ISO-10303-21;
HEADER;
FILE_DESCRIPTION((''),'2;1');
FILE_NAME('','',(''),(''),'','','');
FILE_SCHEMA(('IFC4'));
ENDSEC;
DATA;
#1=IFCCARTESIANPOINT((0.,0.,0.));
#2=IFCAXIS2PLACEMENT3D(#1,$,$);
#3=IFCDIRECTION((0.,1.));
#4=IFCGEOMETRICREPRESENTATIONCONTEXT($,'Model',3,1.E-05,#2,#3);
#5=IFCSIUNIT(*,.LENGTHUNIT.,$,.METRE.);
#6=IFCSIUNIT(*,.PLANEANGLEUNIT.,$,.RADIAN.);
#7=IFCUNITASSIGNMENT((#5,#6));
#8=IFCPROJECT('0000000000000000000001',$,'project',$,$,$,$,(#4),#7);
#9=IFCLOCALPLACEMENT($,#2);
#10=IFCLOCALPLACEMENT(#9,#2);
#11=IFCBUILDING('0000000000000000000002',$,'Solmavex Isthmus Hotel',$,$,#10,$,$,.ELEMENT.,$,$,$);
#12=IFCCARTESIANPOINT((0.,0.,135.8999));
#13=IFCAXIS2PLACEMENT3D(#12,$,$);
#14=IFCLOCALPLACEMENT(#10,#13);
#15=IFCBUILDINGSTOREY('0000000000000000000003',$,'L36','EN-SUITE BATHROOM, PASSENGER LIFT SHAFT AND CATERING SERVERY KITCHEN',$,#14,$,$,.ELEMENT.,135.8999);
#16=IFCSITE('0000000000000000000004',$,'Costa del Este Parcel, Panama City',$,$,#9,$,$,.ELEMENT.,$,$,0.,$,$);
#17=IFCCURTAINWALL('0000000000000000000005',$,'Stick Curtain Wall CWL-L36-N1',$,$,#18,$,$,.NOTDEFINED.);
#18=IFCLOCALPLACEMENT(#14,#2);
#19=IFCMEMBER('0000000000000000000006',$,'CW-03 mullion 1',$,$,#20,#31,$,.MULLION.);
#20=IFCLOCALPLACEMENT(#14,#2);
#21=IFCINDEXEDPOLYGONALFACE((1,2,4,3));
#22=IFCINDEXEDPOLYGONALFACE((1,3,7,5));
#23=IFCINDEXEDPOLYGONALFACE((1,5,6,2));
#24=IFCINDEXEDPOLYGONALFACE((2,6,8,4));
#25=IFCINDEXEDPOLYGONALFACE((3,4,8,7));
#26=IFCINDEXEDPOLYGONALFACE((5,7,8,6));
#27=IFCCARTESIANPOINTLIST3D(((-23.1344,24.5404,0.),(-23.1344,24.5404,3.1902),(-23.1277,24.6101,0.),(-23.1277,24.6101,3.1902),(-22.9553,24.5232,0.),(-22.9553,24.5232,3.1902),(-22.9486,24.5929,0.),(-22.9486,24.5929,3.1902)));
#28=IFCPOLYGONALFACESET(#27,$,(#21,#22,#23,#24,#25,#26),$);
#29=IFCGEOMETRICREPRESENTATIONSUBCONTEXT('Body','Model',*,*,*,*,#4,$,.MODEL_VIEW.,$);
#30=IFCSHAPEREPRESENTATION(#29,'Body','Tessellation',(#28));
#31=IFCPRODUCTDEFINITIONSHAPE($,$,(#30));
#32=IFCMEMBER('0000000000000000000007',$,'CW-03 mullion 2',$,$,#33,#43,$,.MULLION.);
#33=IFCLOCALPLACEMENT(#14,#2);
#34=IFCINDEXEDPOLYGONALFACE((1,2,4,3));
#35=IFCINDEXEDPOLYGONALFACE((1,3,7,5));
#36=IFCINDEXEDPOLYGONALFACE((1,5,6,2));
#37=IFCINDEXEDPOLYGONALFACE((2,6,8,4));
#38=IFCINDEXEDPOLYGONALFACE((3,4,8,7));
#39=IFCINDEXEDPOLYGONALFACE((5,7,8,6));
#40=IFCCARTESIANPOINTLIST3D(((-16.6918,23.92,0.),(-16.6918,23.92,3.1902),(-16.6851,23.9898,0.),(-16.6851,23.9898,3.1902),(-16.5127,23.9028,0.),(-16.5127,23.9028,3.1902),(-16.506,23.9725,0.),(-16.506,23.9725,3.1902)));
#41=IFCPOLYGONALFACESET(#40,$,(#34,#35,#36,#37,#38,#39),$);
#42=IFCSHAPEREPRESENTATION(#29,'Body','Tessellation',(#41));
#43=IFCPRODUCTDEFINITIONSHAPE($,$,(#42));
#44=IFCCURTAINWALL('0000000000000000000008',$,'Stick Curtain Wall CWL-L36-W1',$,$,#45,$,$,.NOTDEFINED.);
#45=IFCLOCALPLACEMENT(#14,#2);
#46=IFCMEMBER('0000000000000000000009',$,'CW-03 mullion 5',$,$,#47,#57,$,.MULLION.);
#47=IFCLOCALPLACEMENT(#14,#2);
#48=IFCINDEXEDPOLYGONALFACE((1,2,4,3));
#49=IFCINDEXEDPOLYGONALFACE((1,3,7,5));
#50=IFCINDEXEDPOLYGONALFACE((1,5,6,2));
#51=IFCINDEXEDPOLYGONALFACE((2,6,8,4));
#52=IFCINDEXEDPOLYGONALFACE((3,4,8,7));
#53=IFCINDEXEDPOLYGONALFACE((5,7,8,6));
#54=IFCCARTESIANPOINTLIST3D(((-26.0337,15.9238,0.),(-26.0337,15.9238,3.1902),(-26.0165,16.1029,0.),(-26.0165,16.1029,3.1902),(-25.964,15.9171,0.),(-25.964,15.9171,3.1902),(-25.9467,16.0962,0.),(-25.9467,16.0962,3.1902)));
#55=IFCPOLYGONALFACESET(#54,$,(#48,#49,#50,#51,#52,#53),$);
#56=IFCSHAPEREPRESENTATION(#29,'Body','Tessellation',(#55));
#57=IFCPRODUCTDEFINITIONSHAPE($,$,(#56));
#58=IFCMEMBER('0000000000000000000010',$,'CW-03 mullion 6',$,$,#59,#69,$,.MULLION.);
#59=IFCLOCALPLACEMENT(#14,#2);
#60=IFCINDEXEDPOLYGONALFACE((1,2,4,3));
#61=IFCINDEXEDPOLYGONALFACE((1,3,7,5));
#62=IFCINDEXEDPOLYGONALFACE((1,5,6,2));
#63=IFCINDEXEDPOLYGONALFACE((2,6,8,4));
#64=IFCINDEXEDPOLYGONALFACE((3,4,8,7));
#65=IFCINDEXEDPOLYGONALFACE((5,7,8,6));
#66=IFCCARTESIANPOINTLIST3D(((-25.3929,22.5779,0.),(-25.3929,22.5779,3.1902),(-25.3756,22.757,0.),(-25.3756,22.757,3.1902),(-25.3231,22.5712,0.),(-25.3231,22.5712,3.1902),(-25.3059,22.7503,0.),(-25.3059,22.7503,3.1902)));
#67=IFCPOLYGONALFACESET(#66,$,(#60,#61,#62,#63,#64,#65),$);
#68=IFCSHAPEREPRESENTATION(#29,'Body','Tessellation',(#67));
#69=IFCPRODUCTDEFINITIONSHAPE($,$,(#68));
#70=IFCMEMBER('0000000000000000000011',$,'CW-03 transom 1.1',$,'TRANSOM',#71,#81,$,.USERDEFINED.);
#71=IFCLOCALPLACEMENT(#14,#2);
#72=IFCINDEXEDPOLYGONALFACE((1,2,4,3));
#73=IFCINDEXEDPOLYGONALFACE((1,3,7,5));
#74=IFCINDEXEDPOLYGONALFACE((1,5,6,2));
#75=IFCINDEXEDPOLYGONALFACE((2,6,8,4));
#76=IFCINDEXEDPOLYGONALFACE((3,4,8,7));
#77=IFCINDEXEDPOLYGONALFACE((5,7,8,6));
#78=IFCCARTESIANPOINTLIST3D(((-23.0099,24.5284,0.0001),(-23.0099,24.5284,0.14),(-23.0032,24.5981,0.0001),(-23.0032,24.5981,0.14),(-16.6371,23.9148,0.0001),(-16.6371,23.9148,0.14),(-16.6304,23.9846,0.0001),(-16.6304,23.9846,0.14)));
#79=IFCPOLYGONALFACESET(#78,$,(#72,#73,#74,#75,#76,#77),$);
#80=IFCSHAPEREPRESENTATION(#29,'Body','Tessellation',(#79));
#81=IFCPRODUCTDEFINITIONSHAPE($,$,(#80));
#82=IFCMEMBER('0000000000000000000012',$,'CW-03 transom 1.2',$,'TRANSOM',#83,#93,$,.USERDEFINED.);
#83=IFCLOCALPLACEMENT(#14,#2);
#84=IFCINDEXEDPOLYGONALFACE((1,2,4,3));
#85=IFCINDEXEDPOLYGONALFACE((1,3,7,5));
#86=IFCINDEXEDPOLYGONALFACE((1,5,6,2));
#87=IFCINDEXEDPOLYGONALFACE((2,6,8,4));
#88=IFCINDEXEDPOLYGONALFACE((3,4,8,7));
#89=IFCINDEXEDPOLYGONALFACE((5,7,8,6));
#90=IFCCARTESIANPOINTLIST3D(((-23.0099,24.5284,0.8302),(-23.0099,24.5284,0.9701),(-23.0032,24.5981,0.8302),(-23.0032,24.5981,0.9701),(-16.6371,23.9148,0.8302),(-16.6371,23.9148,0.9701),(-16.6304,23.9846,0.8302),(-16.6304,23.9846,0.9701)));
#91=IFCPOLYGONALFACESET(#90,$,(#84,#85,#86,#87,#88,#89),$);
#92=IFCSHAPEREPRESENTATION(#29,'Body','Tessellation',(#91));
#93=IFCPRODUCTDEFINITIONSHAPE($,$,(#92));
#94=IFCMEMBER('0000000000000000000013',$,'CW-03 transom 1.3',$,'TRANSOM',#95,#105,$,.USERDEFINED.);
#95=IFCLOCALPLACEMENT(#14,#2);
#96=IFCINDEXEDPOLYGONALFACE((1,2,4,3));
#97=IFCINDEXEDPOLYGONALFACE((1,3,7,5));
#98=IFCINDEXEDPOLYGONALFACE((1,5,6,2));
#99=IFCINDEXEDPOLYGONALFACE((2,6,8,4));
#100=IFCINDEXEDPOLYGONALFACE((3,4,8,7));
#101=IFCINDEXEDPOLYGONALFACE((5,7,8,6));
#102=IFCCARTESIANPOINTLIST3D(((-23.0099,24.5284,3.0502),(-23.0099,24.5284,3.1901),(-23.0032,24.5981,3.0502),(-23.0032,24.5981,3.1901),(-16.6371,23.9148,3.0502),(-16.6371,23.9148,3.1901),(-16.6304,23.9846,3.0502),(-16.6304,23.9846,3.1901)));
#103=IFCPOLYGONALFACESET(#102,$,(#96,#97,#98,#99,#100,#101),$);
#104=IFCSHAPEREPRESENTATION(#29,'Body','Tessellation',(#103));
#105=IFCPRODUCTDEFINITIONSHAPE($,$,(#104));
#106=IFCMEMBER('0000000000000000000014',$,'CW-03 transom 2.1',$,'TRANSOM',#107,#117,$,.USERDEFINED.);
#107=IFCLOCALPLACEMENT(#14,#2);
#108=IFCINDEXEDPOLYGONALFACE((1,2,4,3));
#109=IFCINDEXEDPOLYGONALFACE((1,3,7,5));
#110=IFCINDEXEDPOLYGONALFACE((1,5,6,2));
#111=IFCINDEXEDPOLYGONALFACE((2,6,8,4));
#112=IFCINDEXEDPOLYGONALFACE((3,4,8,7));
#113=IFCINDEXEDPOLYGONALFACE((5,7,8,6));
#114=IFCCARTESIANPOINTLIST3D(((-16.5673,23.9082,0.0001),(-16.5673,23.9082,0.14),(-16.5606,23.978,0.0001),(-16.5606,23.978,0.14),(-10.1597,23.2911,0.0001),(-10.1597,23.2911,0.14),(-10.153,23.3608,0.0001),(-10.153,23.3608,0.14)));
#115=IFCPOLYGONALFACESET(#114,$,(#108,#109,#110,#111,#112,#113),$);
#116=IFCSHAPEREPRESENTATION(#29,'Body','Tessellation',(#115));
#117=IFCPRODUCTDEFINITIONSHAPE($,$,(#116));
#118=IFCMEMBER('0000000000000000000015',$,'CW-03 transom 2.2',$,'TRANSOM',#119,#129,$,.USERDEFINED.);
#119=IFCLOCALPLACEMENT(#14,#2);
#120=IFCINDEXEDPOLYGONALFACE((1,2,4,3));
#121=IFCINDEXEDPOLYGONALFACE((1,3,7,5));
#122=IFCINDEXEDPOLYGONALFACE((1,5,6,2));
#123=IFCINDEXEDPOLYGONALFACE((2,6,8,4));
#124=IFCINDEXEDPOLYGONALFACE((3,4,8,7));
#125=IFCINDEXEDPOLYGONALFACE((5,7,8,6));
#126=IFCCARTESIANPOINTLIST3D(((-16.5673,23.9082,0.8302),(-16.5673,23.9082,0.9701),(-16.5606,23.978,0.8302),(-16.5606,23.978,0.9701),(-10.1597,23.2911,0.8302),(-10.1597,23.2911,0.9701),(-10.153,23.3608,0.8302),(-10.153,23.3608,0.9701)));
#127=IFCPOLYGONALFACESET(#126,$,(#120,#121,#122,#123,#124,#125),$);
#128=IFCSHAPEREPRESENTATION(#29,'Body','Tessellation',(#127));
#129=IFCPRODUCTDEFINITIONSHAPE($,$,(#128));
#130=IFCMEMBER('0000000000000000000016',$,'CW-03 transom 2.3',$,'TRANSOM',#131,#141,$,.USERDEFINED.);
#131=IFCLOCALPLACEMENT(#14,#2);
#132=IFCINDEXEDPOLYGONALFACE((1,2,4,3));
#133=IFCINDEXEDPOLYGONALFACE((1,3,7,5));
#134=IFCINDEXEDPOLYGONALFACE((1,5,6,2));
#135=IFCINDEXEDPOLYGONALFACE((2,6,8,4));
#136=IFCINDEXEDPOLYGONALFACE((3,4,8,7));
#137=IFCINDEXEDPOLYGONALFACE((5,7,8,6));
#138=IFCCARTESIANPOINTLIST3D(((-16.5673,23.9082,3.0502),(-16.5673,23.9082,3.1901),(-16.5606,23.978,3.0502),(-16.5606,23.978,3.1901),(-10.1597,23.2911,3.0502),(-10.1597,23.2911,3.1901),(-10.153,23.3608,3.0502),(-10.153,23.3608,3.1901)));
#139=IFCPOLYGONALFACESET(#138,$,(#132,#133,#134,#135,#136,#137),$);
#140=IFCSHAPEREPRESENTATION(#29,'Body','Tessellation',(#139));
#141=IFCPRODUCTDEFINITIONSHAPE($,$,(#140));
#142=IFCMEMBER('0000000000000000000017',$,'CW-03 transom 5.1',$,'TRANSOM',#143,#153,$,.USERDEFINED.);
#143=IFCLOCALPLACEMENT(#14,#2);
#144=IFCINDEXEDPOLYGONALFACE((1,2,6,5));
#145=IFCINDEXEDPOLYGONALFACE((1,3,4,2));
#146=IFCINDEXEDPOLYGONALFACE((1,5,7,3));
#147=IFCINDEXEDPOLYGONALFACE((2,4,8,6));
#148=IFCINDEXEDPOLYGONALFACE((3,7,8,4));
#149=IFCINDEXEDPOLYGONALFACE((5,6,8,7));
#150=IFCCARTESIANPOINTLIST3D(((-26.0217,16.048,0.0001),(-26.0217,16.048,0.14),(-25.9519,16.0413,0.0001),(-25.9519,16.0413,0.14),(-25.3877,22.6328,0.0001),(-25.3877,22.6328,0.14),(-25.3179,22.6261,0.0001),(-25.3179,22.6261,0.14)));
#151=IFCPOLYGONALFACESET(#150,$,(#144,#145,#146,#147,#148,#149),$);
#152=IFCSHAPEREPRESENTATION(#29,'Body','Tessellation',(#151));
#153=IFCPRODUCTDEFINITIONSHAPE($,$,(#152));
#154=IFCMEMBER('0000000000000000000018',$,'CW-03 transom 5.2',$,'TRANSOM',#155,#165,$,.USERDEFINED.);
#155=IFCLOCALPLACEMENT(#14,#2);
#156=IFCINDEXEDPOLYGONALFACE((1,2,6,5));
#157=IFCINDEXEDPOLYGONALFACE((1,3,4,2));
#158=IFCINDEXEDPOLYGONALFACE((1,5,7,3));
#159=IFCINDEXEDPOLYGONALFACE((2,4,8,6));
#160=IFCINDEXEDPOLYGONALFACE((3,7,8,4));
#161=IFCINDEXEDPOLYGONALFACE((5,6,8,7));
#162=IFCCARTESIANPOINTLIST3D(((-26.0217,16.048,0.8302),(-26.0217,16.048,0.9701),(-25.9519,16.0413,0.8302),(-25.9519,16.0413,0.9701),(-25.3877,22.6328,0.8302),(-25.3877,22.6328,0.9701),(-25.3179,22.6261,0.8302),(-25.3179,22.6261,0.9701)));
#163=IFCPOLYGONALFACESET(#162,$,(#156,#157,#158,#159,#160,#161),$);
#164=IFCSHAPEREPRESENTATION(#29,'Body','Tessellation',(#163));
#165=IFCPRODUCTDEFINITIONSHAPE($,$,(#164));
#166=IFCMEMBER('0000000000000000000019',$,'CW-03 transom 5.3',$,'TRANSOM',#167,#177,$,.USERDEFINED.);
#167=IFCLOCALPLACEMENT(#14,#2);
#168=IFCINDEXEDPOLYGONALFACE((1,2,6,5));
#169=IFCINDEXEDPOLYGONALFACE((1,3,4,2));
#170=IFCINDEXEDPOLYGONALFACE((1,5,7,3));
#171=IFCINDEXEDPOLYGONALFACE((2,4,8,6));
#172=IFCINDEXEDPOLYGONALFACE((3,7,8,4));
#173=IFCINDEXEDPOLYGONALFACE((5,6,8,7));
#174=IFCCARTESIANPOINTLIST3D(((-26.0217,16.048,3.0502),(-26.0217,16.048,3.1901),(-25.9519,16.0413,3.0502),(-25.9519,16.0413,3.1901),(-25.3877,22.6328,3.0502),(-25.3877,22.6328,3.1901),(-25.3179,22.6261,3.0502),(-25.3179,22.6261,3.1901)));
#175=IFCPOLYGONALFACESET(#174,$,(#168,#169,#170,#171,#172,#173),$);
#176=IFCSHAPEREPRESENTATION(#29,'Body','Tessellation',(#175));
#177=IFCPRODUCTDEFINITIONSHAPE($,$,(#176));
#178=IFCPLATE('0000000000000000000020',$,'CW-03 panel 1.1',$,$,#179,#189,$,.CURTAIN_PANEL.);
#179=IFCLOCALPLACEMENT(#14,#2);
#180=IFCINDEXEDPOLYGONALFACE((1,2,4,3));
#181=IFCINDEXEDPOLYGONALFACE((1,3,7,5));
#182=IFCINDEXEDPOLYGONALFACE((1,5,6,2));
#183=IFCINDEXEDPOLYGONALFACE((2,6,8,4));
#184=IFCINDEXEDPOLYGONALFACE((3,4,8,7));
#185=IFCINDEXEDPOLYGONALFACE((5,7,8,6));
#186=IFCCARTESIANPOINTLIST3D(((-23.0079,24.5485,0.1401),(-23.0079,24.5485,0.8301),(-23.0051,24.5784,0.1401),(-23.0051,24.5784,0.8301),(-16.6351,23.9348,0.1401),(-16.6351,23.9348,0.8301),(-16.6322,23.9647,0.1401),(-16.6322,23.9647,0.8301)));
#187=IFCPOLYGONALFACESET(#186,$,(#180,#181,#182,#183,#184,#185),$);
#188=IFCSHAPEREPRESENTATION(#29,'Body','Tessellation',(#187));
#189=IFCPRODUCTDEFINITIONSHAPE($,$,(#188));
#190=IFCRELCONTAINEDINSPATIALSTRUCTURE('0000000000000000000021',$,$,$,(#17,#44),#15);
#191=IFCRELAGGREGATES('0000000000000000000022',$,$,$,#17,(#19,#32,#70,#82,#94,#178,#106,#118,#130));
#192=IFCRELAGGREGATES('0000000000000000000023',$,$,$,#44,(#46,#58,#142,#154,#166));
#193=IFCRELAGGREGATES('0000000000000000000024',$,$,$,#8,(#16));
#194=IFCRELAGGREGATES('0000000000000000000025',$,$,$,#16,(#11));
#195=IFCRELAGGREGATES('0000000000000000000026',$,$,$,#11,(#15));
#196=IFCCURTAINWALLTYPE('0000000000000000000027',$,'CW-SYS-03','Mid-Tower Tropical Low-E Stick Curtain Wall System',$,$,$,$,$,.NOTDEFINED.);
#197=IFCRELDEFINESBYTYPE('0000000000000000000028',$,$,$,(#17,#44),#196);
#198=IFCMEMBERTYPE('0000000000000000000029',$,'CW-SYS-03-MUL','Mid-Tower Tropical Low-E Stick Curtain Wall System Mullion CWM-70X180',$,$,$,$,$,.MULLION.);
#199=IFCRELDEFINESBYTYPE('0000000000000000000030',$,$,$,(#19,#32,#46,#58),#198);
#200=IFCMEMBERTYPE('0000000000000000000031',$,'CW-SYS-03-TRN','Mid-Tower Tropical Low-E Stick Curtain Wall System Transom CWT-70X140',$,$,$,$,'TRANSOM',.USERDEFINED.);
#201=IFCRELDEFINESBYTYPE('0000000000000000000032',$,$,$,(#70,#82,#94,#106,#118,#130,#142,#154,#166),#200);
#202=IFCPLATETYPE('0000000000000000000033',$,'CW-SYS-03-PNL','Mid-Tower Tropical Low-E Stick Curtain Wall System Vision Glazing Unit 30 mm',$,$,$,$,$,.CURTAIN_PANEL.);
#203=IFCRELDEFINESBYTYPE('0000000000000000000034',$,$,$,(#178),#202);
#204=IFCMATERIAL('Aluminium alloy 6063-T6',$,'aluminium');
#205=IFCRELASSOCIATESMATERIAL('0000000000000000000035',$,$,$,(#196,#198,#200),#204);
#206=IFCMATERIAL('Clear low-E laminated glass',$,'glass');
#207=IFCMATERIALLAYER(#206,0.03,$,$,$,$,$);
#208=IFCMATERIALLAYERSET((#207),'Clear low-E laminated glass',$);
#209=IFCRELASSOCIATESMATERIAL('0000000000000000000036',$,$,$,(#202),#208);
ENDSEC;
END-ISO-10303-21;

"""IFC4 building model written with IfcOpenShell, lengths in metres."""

from ifc_helpers import new_model, si_unit, direction, frame, origin, origin_2d, place, context, subcontext, project, spatial, rectangle, extrude, material, layer, layer_set, material_profile, profile_set, type_object, element, aggregate, save


model = new_model("IFC4")

# Units and contexts
model_context = context("Model", 3, precision=1e-05, world=origin(), true_north=direction((0.0, 1.0)))
body_context = subcontext(model_context, "Body", "Model", "MODEL_VIEW")
ifc_project = project(units=[si_unit("LENGTHUNIT", "METRE"), si_unit("PLANEANGLEUNIT", "RADIAN")], contexts=[model_context])

# Site, building, storey
site_placement = place(None, origin())
site = spatial("IfcSite", under=ifc_project, at=site_placement, Name="Costa del Este Parcel, Panama City", CompositionType="ELEMENT", RefElevation=0.0)
building_placement = place(site_placement, origin())
building = spatial("IfcBuilding", under=site, at=building_placement, Name="Solmavex Isthmus Hotel", CompositionType="ELEMENT")
storey_placement = place(building_placement, frame((0.0, 0.0, 135.8999)))
storey = spatial("IfcBuildingStorey", under=building, at=storey_placement, Name="L36", Description="EN-SUITE BATHROOM, PASSENGER LIFT SHAFT AND CATERING SERVERY KITCHEN", CompositionType="ELEMENT", Elevation=135.8999)

# Curtain walls, members
ifc_material_1 = material(Name="Aluminium alloy 6063-T6", Category="aluminium")
curtain_wall_type = type_object("IfcCurtainWallType", Name="CW-SYS-03", Description="Mid-Tower Tropical Low-E Stick Curtain Wall System", PredefinedType="NOTDEFINED", material=ifc_material_1)
curtain_wall_1_placement = place(storey_placement, origin())
curtain_wall_1 = element("IfcCurtainWall", 1, at=curtain_wall_1_placement, inside=storey, type_object=curtain_wall_type, Name="Stick Curtain Wall CWL-L36-N1", PredefinedType="NOTDEFINED")
ifc_material_profile_1 = material_profile(ifc_material_1, rectangle(XDim=0.0701, YDim=0.1799, at=origin_2d()), Name="CWM-70X180")
ifc_profile_set_1 = profile_set([ifc_material_profile_1], Name="Aluminium alloy 6063-T6")
member_type_1 = type_object("IfcMemberType", Name="CW-SYS-03-MUL", Description="Mid-Tower Tropical Low-E Stick Curtain Wall System Mullion CWM-70X180", PredefinedType="MULLION", material=ifc_profile_set_1)
member_1_placement = place(storey_placement, frame((-23.0415, 24.5667, 0.0), z_axis=(0.0, 0.0, 1.0), x_axis=(0.095846, 0.995396, 0.0)))
member_1 = element("IfcMember", 2, at=member_1_placement, type_object=member_type_1, Name="CW-03 mullion 1", PredefinedType="MULLION", context=body_context, shape_type="SweptSolid", body=[
    extrude(rectangle(XDim=0.0701, YDim=0.1799, at=origin_2d()), origin(), (0.0, 0.0, 1.0), 3.1902),
])
member_2_placement = place(storey_placement, frame((-16.5989, 23.9463, 0.0), z_axis=(0.0, 0.0, 1.0), x_axis=(0.095846, 0.995396, 0.0)))
member_2 = element("IfcMember", 3, at=member_2_placement, type_object=member_type_1, Name="CW-03 mullion 2", PredefinedType="MULLION", context=body_context, shape_type="SweptSolid", body=[
    extrude(rectangle(XDim=0.0701, YDim=0.1799, at=origin_2d()), origin(), (0.0, 0.0, 1.0), 3.1902),
])
curtain_wall_2_placement = place(storey_placement, origin())
curtain_wall_2 = element("IfcCurtainWall", 4, at=curtain_wall_2_placement, inside=storey, type_object=curtain_wall_type, Name="Stick Curtain Wall CWL-L36-W1", PredefinedType="NOTDEFINED")
member_3_placement = place(storey_placement, frame((-25.9902, 16.01, 0.0), z_axis=(0.0, 0.0, 1.0), x_axis=(-0.995396, 0.095846, 0.0)))
member_3 = element("IfcMember", 5, at=member_3_placement, type_object=member_type_1, Name="CW-03 mullion 5", PredefinedType="MULLION", context=body_context, shape_type="SweptSolid", body=[
    extrude(rectangle(XDim=0.0701, YDim=0.1799, at=origin_2d()), origin(), (0.0, 0.0, 1.0), 3.1902),
])
member_4_placement = place(storey_placement, frame((-25.3494, 22.6641, 0.0), z_axis=(0.0, 0.0, 1.0), x_axis=(-0.995396, 0.095846, 0.0)))
member_4 = element("IfcMember", 6, at=member_4_placement, type_object=member_type_1, Name="CW-03 mullion 6", PredefinedType="MULLION", context=body_context, shape_type="SweptSolid", body=[
    extrude(rectangle(XDim=0.0701, YDim=0.1799, at=origin_2d()), origin(), (0.0, 0.0, 1.0), 3.1902),
])

# Members
ifc_material_profile_2 = material_profile(ifc_material_1, rectangle(XDim=0.0701, YDim=0.1399, at=origin_2d()), Name="CWT-70X140")
ifc_profile_set_2 = profile_set([ifc_material_profile_2], Name="Aluminium alloy 6063-T6")
member_type_2 = type_object("IfcMemberType", Name="CW-SYS-03-TRN", Description="Mid-Tower Tropical Low-E Stick Curtain Wall System Transom CWT-70X140", ElementType="TRANSOM", PredefinedType="USERDEFINED", material=ifc_profile_set_2)
member_5_placement = place(storey_placement, frame((-23.0066, 24.5632, 0.0701), z_axis=(0.995398, -0.095829, 0.0), x_axis=(0.095829, 0.995398, 0.0)))
member_5 = element("IfcMember", 7, at=member_5_placement, type_object=member_type_2, Name="CW-03 transom 1.1", ObjectType="TRANSOM", PredefinedType="USERDEFINED", context=body_context, shape_type="SweptSolid", body=[
    extrude(rectangle(XDim=0.0701, YDim=0.1399, at=origin_2d()), origin(), (0.0, 0.0, 1.0), 6.4023),
])
member_6_placement = place(storey_placement, frame((-23.0066, 24.5632, 0.9001), z_axis=(0.995398, -0.095829, 0.0), x_axis=(0.095829, 0.995398, 0.0)))
member_6 = element("IfcMember", 8, at=member_6_placement, type_object=member_type_2, Name="CW-03 transom 1.2", ObjectType="TRANSOM", PredefinedType="USERDEFINED", context=body_context, shape_type="SweptSolid", body=[
    extrude(rectangle(XDim=0.0701, YDim=0.1399, at=origin_2d()), origin(), (0.0, 0.0, 1.0), 6.4023),
])
member_7_placement = place(storey_placement, frame((-23.0066, 24.5632, 3.1201), z_axis=(0.995398, -0.095829, 0.0), x_axis=(0.095829, 0.995398, 0.0)))
member_7 = element("IfcMember", 9, at=member_7_placement, type_object=member_type_2, Name="CW-03 transom 1.3", ObjectType="TRANSOM", PredefinedType="USERDEFINED", context=body_context, shape_type="SweptSolid", body=[
    extrude(rectangle(XDim=0.0701, YDim=0.1399, at=origin_2d()), origin(), (0.0, 0.0, 1.0), 6.4023),
])
member_8_placement = place(storey_placement, frame((-16.564, 23.9431, 0.0701), z_axis=(0.995393, -0.095876, 0.0), x_axis=(0.095876, 0.995393, 0.0)))
member_8 = element("IfcMember", 10, at=member_8_placement, type_object=member_type_2, Name="CW-03 transom 2.1", ObjectType="TRANSOM", PredefinedType="USERDEFINED", context=body_context, shape_type="SweptSolid", body=[
    extrude(rectangle(XDim=0.0701, YDim=0.1399, at=origin_2d()), origin(), (0.0, 0.0, 1.0), 6.4373),
])
member_9_placement = place(storey_placement, frame((-16.564, 23.9431, 0.9001), z_axis=(0.995393, -0.095876, 0.0), x_axis=(0.095876, 0.995393, 0.0)))
member_9 = element("IfcMember", 11, at=member_9_placement, type_object=member_type_2, Name="CW-03 transom 2.2", ObjectType="TRANSOM", PredefinedType="USERDEFINED", context=body_context, shape_type="SweptSolid", body=[
    extrude(rectangle(XDim=0.0701, YDim=0.1399, at=origin_2d()), origin(), (0.0, 0.0, 1.0), 6.4373),
])
member_10_placement = place(storey_placement, frame((-16.564, 23.9431, 3.1201), z_axis=(0.995393, -0.095876, 0.0), x_axis=(0.095876, 0.995393, 0.0)))
member_10 = element("IfcMember", 12, at=member_10_placement, type_object=member_type_2, Name="CW-03 transom 2.3", ObjectType="TRANSOM", PredefinedType="USERDEFINED", context=body_context, shape_type="SweptSolid", body=[
    extrude(rectangle(XDim=0.0701, YDim=0.1399, at=origin_2d()), origin(), (0.0, 0.0, 1.0), 6.4373),
])
member_11_placement = place(storey_placement, frame((-25.9868, 16.0447, 0.0701), z_axis=(0.095845, 0.995396, 0.0), x_axis=(-0.995396, 0.095845, 0.0)))
member_11 = element("IfcMember", 13, at=member_11_placement, type_object=member_type_2, Name="CW-03 transom 5.1", ObjectType="TRANSOM", PredefinedType="USERDEFINED", context=body_context, shape_type="SweptSolid", body=[
    extrude(rectangle(XDim=0.0701, YDim=0.1399, at=origin_2d()), origin(), (0.0, 0.0, 1.0), 6.6152),
])
member_12_placement = place(storey_placement, frame((-25.9868, 16.0447, 0.9001), z_axis=(0.095845, 0.995396, 0.0), x_axis=(-0.995396, 0.095845, 0.0)))
member_12 = element("IfcMember", 14, at=member_12_placement, type_object=member_type_2, Name="CW-03 transom 5.2", ObjectType="TRANSOM", PredefinedType="USERDEFINED", context=body_context, shape_type="SweptSolid", body=[
    extrude(rectangle(XDim=0.0701, YDim=0.1399, at=origin_2d()), origin(), (0.0, 0.0, 1.0), 6.6152),
])
member_13_placement = place(storey_placement, frame((-25.9868, 16.0447, 3.1201), z_axis=(0.095845, 0.995396, 0.0), x_axis=(-0.995396, 0.095845, 0.0)))
member_13 = element("IfcMember", 15, at=member_13_placement, type_object=member_type_2, Name="CW-03 transom 5.3", ObjectType="TRANSOM", PredefinedType="USERDEFINED", context=body_context, shape_type="SweptSolid", body=[
    extrude(rectangle(XDim=0.0701, YDim=0.1399, at=origin_2d()), origin(), (0.0, 0.0, 1.0), 6.6152),
])

# Plate
ifc_material_2 = material(Name="Clear low-E laminated glass", Category="glass")
ifc_layer_1 = layer(ifc_material_2, 0.03)
ifc_layer_set_1 = layer_set([ifc_layer_1], Name="Clear low-E laminated glass")
plate_type = type_object("IfcPlateType", Name="CW-SYS-03-PNL", Description="Mid-Tower Tropical Low-E Stick Curtain Wall System Vision Glazing Unit 30 mm", PredefinedType="CURTAIN_PANEL", material=ifc_layer_set_1)
plate_1_placement = place(storey_placement, frame((-19.8201, 24.2566, 0.1401), z_axis=(0.0, 0.0, 1.0), x_axis=(0.995396, -0.095846, 0.0)))
plate_1 = element("IfcPlate", 16, at=plate_1_placement, type_object=plate_type, Name="CW-03 panel 1.1", PredefinedType="CURTAIN_PANEL", context=body_context, shape_type="SweptSolid", body=[
    extrude(rectangle(XDim=6.4023, YDim=0.03, at=origin_2d()), origin(), (0.0, 0.0, 1.0), 0.6899),
])
aggregate(curtain_wall_1, [member_1, member_2, member_5, member_6, member_7, plate_1, member_8, member_9, member_10])
aggregate(curtain_wall_2, [member_3, member_4, member_11, member_12, member_13])

save(model, "model.ifc")
